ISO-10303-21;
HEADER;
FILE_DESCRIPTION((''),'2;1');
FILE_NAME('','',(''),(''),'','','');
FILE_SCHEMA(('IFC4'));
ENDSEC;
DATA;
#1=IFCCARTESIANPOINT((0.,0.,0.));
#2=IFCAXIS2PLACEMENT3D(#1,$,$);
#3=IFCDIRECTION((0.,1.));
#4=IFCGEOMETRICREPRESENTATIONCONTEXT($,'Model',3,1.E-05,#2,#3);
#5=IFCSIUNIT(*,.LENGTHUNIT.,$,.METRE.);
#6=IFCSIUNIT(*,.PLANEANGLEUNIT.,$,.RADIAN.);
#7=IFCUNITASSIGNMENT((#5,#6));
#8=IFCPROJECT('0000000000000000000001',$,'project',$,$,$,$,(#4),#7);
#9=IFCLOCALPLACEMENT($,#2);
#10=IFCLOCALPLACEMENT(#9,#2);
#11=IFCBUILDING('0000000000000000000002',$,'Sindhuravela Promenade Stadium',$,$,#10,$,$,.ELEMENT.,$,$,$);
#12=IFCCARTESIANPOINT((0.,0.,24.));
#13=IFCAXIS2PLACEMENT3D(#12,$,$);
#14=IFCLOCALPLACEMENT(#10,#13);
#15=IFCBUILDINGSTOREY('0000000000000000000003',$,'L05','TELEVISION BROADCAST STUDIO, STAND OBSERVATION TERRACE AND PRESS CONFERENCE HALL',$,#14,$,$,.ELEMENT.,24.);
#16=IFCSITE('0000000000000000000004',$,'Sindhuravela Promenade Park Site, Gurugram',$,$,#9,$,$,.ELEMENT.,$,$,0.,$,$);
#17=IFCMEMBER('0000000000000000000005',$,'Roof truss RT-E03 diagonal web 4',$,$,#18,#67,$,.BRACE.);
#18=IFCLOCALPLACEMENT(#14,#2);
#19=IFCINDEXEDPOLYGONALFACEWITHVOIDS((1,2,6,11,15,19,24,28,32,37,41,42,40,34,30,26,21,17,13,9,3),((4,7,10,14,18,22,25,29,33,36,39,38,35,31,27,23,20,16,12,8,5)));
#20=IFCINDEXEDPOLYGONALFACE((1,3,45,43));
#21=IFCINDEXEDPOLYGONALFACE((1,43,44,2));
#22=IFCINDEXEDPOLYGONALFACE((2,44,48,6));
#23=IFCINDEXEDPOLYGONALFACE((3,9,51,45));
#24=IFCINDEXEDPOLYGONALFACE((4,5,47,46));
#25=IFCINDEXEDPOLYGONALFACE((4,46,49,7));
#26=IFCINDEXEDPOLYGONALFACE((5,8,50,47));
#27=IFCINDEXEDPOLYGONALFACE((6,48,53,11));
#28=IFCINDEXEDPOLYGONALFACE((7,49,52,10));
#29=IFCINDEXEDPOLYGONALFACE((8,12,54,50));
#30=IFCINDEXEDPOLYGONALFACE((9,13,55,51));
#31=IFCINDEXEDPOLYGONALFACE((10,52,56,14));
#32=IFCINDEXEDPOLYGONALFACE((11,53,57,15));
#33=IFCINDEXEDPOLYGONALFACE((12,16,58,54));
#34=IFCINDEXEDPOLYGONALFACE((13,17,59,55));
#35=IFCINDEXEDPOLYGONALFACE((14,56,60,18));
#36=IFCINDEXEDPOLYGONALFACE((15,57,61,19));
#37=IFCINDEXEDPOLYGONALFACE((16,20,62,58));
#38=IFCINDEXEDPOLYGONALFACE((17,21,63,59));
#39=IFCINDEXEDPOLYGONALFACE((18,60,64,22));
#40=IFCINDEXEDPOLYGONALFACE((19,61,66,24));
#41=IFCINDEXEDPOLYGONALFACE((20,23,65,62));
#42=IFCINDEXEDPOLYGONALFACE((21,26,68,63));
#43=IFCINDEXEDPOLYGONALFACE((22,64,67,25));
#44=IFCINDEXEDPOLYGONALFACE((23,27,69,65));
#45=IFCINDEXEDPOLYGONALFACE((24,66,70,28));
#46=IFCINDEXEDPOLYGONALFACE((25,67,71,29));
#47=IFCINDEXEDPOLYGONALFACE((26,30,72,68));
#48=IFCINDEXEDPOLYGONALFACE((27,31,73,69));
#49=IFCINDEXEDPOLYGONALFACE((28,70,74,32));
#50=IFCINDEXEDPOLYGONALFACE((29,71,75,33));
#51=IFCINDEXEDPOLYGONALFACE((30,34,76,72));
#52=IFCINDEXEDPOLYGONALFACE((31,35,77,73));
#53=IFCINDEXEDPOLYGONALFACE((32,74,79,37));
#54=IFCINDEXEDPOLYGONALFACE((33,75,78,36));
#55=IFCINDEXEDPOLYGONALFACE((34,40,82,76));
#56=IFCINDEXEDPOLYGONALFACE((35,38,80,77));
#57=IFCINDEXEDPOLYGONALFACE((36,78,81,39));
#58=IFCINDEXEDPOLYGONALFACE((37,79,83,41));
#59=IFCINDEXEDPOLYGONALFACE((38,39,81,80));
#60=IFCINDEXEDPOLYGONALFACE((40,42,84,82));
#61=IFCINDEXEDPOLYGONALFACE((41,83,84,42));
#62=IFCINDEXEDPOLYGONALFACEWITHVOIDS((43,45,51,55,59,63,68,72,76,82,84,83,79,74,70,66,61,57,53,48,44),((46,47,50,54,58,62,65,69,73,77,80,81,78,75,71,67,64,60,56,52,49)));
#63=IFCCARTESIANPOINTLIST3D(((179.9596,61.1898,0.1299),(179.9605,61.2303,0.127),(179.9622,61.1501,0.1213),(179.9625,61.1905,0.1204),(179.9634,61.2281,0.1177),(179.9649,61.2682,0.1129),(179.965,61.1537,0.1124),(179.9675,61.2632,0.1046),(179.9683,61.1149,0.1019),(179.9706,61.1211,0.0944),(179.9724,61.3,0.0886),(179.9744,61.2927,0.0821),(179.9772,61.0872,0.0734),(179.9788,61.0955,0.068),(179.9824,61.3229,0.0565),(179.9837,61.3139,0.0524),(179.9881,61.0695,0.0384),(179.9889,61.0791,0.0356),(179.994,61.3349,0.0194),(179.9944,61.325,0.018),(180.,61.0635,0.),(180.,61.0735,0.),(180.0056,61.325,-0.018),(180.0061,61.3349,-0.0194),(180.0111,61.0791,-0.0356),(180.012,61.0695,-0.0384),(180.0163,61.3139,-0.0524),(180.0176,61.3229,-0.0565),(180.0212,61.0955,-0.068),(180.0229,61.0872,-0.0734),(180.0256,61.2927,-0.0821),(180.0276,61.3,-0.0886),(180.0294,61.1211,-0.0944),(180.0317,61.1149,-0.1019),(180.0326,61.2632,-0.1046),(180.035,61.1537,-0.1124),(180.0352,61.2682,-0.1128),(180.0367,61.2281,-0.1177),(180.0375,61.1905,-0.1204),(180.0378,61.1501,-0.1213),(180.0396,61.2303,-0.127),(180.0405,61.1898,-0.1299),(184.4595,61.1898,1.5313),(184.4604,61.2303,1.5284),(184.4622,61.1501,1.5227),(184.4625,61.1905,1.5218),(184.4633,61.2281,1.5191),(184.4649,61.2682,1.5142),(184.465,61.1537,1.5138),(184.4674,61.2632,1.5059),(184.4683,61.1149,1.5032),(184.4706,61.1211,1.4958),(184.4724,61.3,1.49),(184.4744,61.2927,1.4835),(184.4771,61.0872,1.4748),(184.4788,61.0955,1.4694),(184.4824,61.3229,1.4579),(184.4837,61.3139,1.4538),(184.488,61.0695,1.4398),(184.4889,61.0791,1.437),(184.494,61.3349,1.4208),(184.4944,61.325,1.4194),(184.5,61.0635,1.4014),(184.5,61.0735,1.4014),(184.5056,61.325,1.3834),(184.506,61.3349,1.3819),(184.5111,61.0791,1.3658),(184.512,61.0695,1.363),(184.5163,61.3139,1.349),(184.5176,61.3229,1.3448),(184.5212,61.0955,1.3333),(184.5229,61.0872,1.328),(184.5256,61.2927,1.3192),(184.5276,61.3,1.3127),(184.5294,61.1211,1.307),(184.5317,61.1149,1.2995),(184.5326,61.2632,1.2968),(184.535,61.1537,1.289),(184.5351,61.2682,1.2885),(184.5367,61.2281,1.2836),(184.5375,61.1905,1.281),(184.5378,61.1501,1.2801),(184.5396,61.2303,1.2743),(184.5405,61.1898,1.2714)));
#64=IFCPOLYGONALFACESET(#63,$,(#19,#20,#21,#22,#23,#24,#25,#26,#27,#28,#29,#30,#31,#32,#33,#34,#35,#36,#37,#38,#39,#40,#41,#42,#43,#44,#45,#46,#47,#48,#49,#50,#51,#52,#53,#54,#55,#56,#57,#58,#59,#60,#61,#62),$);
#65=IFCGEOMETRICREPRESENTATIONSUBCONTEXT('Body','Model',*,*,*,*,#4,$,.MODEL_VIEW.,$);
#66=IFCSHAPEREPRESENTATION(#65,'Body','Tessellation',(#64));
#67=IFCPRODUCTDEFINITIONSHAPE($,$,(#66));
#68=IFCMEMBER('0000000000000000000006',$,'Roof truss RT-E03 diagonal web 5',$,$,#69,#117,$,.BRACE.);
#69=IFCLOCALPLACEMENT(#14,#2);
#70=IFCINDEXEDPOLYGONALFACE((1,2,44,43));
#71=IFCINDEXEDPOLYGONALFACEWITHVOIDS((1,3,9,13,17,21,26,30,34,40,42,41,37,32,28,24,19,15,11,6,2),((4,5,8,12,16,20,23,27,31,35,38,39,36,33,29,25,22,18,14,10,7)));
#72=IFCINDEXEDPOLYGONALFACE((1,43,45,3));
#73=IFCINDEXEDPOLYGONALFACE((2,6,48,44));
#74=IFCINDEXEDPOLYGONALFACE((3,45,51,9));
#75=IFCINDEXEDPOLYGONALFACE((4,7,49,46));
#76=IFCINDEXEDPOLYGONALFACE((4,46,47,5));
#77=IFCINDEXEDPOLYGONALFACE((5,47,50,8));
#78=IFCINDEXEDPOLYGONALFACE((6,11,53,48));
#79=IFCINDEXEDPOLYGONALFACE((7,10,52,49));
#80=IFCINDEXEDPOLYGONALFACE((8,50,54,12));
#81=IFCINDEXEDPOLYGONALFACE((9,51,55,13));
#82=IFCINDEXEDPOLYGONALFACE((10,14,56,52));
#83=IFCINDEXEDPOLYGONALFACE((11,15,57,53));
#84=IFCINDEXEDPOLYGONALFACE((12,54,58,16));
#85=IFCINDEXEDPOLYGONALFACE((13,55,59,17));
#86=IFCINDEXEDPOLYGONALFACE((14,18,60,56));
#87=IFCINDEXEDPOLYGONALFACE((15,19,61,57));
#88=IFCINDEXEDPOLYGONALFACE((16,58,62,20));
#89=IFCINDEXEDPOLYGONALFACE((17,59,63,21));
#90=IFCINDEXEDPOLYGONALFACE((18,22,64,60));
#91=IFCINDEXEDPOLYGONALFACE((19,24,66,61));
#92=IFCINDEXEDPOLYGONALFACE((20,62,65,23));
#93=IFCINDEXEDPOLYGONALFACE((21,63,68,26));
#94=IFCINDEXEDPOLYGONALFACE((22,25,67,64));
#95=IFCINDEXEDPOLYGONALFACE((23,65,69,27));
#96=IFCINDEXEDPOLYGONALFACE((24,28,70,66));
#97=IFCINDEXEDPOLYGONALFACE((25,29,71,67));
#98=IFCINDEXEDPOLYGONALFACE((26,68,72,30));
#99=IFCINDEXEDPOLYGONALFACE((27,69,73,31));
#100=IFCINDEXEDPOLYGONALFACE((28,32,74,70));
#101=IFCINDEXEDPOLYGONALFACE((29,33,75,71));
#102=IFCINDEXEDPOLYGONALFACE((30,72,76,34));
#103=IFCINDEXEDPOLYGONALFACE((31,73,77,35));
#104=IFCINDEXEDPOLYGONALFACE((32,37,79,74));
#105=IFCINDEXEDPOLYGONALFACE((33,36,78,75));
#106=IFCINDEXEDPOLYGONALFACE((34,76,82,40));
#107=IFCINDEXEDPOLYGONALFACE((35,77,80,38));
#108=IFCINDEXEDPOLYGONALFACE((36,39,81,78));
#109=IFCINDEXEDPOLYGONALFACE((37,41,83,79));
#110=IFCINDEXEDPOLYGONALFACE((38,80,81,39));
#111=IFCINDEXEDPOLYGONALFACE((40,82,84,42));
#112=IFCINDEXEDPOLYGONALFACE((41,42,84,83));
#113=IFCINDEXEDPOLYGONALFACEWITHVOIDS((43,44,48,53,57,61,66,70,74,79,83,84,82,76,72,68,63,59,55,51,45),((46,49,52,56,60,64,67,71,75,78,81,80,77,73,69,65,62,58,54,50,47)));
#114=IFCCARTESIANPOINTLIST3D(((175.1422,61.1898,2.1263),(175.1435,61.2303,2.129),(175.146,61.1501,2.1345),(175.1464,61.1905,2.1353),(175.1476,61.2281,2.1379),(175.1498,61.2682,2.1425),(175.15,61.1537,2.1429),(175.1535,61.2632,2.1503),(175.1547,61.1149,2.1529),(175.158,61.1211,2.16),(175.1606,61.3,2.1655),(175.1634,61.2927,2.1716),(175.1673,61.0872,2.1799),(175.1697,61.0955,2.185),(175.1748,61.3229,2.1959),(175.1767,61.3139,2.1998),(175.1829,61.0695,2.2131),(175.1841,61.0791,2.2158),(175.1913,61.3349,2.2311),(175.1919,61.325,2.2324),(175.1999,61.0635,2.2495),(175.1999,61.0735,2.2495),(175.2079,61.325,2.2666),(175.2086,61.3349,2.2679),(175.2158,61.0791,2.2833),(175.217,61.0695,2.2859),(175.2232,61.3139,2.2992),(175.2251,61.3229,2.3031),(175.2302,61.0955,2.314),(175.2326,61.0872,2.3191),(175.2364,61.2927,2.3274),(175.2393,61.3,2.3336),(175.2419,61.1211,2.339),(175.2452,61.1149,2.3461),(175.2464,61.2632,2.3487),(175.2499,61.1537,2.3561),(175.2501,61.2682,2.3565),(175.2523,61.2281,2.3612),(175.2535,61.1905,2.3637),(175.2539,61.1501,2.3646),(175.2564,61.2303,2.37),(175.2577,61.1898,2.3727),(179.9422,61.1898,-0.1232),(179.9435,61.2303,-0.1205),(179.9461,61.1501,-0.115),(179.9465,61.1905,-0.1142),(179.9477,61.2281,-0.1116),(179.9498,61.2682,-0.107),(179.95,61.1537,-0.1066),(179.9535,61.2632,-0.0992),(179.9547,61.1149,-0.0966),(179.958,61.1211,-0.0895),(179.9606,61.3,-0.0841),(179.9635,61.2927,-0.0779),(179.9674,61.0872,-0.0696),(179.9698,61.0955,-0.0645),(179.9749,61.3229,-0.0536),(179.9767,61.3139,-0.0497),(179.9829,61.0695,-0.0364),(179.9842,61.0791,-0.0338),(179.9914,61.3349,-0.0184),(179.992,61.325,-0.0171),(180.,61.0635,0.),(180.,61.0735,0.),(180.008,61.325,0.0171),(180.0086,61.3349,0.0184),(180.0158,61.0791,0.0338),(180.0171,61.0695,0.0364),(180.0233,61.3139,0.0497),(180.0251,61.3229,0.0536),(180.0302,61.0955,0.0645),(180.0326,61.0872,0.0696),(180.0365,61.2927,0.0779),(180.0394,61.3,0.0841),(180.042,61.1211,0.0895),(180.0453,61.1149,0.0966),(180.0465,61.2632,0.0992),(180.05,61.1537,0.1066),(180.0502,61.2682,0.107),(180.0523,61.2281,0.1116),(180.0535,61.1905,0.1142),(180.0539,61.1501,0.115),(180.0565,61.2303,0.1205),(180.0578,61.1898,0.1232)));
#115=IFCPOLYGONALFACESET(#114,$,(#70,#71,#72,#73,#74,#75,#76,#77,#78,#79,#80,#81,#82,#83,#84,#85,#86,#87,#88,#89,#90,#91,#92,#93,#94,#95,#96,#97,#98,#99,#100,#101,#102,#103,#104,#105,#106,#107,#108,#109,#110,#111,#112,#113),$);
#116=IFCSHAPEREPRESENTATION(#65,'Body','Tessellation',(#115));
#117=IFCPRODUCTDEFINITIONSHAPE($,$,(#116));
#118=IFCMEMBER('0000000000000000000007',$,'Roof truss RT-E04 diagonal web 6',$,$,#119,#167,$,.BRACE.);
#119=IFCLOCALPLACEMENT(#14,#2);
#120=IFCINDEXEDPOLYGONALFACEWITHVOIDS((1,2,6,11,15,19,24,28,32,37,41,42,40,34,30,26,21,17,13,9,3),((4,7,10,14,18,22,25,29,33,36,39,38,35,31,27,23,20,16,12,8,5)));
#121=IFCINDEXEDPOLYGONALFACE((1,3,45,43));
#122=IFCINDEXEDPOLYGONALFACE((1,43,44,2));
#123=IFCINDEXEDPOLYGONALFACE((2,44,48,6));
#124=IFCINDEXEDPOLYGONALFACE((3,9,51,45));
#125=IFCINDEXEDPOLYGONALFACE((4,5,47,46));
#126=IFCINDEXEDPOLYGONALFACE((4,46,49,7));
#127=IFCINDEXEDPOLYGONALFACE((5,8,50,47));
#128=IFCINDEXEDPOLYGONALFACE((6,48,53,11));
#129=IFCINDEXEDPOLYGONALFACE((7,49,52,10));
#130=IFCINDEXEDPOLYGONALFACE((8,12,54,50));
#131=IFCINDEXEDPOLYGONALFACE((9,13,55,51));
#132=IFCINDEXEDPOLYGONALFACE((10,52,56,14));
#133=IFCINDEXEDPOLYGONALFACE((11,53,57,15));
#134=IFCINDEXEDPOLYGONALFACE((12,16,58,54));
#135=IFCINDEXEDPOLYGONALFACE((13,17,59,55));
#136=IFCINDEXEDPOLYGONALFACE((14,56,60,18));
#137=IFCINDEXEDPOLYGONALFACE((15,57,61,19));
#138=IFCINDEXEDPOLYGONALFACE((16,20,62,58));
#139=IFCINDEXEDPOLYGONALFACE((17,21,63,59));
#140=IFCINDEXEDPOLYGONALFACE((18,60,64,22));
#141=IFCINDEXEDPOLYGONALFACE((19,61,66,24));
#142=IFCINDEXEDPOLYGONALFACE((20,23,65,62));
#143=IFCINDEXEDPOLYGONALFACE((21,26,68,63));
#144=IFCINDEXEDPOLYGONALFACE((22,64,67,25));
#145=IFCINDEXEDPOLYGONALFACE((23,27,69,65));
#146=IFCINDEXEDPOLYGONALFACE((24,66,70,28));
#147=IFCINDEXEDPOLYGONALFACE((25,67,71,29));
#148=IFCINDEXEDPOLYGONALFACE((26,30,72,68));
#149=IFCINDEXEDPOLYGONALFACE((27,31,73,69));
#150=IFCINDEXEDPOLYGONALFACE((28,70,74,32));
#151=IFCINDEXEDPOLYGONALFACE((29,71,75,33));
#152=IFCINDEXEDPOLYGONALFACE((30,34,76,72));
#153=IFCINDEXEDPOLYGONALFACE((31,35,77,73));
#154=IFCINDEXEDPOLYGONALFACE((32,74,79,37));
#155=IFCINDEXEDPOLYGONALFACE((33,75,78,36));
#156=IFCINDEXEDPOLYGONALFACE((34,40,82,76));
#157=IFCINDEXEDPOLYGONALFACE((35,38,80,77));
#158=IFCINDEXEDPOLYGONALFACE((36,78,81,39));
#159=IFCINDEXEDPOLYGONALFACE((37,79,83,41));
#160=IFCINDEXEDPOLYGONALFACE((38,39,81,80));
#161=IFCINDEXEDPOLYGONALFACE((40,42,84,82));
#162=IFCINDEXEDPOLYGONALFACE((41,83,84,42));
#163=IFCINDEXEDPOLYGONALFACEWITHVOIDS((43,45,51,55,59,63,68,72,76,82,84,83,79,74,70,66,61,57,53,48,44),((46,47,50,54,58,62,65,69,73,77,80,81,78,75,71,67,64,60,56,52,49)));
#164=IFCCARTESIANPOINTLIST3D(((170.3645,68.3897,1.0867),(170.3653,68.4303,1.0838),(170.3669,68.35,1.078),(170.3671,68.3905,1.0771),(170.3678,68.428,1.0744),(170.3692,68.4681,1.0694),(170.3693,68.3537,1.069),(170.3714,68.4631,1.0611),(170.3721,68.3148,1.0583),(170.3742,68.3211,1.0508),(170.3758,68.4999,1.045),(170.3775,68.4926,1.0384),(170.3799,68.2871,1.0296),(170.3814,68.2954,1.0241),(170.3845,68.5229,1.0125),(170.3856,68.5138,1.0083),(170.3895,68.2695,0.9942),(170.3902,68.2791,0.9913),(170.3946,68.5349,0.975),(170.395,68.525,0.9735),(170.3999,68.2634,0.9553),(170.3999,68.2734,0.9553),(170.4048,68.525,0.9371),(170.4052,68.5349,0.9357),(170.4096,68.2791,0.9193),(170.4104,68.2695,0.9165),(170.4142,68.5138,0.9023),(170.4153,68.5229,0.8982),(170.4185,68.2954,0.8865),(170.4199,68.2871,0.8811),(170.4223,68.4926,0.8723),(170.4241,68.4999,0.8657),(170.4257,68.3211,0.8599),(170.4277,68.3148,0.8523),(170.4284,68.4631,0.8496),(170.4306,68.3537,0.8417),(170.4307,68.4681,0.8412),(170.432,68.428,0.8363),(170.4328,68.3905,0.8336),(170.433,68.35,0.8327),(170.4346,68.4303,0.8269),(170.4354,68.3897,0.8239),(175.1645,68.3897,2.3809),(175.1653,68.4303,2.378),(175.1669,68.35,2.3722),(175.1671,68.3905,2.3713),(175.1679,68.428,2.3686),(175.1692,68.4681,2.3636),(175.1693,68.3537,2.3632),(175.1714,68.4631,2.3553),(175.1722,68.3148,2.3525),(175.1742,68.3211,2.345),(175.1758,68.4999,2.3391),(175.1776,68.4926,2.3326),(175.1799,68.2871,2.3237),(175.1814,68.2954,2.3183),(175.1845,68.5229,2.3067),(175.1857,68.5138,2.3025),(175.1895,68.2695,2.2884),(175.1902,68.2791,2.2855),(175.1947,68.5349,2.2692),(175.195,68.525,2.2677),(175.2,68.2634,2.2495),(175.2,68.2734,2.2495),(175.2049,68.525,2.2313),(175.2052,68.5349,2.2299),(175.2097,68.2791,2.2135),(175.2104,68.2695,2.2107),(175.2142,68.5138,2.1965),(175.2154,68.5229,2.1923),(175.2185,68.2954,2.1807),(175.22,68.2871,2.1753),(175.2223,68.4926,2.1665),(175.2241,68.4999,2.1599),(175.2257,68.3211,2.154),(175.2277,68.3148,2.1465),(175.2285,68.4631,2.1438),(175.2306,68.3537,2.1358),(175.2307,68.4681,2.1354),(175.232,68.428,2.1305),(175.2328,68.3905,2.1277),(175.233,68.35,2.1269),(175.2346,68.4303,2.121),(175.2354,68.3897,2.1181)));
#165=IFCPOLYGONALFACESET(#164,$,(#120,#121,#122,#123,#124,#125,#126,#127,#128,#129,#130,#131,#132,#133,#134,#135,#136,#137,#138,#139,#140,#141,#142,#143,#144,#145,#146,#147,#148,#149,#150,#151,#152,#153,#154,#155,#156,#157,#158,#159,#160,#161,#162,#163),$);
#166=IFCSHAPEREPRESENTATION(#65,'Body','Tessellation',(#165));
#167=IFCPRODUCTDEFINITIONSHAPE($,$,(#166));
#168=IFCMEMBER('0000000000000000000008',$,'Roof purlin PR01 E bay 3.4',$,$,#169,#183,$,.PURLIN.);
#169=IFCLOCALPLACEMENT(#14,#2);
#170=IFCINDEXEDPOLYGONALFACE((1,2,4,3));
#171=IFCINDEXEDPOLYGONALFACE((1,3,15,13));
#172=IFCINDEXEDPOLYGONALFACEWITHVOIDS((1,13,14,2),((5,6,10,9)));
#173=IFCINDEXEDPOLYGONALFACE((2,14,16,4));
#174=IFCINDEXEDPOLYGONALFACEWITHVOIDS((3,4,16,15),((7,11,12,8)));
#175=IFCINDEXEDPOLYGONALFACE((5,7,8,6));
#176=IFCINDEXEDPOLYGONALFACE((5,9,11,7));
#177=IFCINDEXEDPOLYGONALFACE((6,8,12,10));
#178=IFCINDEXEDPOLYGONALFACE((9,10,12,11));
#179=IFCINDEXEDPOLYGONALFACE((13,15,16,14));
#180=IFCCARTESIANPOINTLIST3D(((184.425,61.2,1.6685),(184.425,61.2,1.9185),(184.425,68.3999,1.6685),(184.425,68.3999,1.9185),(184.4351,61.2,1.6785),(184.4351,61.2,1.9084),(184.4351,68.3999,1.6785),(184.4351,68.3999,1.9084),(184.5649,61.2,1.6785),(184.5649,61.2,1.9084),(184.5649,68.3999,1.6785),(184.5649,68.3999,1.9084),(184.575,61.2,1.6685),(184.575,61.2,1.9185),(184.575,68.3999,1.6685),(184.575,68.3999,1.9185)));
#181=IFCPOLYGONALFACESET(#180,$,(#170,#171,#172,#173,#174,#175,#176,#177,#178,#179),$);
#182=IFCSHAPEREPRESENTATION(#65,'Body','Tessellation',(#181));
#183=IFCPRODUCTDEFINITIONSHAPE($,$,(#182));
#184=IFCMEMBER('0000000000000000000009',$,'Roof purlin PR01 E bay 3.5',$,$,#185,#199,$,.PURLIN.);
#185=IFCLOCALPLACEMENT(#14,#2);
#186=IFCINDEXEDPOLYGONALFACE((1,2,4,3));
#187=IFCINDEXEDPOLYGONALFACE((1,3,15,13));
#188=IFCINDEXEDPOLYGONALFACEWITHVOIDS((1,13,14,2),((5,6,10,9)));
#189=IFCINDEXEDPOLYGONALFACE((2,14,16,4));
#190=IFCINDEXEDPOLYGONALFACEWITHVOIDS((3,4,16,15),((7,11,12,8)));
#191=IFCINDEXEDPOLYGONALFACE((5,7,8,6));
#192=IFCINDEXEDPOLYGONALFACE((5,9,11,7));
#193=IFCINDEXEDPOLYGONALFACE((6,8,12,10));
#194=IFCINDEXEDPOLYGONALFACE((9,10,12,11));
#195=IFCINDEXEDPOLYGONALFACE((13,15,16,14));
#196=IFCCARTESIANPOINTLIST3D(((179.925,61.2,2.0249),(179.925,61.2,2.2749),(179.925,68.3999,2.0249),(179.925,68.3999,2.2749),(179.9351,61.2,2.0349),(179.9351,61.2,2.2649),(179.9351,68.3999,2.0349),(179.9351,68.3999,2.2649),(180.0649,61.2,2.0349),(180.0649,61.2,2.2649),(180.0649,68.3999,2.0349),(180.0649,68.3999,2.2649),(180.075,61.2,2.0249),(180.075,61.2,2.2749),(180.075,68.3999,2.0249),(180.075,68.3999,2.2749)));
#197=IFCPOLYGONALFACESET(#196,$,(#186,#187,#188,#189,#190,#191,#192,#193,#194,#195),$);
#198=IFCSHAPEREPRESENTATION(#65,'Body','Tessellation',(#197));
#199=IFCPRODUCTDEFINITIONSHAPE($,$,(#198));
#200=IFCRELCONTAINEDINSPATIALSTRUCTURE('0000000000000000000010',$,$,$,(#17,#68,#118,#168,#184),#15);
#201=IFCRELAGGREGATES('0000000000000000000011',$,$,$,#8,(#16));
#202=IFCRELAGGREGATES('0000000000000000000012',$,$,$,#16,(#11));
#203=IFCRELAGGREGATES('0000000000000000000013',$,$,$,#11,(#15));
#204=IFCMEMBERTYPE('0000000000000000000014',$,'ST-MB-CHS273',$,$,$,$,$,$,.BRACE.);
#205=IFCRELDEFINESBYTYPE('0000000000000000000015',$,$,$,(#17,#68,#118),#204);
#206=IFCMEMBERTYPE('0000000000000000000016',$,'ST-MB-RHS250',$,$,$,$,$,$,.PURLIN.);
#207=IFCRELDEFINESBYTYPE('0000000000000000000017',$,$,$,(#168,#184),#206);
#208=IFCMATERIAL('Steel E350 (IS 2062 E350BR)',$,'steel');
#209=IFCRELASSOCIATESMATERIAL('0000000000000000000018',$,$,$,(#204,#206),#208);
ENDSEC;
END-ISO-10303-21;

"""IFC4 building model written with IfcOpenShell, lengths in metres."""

from ifc_helpers import new_model, si_unit, direction, frame, origin, origin_2d, place, context, subcontext, project, spatial, hollow_rectangle, hollow_circle, extrude, material, material_profile, profile_set, type_object, element, save


model = new_model("IFC4")

# Units and contexts
model_context = context("Model", 3, precision=1e-05, world=origin(), true_north=direction((0.0, 1.0)))
body_context = subcontext(model_context, "Body", "Model", "MODEL_VIEW")
ifc_project = project(units=[si_unit("LENGTHUNIT", "METRE"), si_unit("PLANEANGLEUNIT", "RADIAN")], contexts=[model_context])

# Site, building, storey
site_placement = place(None, origin())
site = spatial("IfcSite", under=ifc_project, at=site_placement, Name="Sindhuravela Promenade Park Site, Gurugram", CompositionType="ELEMENT", RefElevation=0.0)
building_placement = place(site_placement, origin())
building = spatial("IfcBuilding", under=site, at=building_placement, Name="Sindhuravela Promenade Stadium", CompositionType="ELEMENT")
storey_placement = place(building_placement, frame((0.0, 0.0, 24.0)))
storey = spatial("IfcBuildingStorey", under=building, at=storey_placement, Name="L05", Description="TELEVISION BROADCAST STUDIO, STAND OBSERVATION TERRACE AND PRESS CONFERENCE HALL", CompositionType="ELEMENT", Elevation=24.0)

# Shared definitions
ifc_material_1 = material(Name="Steel E350 (IS 2062 E350BR)", Category="steel")

# Members
ifc_material_profile_1 = material_profile(ifc_material_1, hollow_circle(Radius=0.1365, WallThickness=0.01, at=origin_2d()), Name="CHS 273.0x10")
ifc_profile_set_1 = profile_set([ifc_material_profile_1], Name="Steel E350 (IS 2062 E350BR)")
member_type_1 = type_object("IfcMemberType", Name="ST-MB-CHS273", PredefinedType="BRACE", material=ifc_profile_set_1)
member_1_placement = place(storey_placement, frame((184.5, 61.2, 1.4014), z_axis=(-0.954774, 0.0, -0.297331), x_axis=(0.0, -1.0, 0.0)))
element("IfcMember", 1, at=member_1_placement, inside=storey, type_object=member_type_1, Name="Roof truss RT-E03 diagonal web 4", PredefinedType="BRACE", context=body_context, shape_type="SweptSolid", body=[
    extrude(hollow_circle(Radius=0.1365, WallThickness=0.01, at=origin_2d()), origin(), (0.0, 0.0, 1.0), 4.7131),
])
member_2_placement = place(storey_placement, frame((180.0, 61.2, 0.0), z_axis=(-0.905496, 0.0, 0.424355), x_axis=(0.0, -1.0, 0.0)))
element("IfcMember", 2, at=member_2_placement, inside=storey, type_object=member_type_1, Name="Roof truss RT-E03 diagonal web 5", PredefinedType="BRACE", context=body_context, shape_type="SweptSolid", body=[
    extrude(hollow_circle(Radius=0.1365, WallThickness=0.01, at=origin_2d()), origin(), (0.0, 0.0, 1.0), 5.301),
])
member_3_placement = place(storey_placement, frame((175.2, 68.3999, 2.2495), z_axis=(-0.965521, 0.0, -0.260324), x_axis=(0.0, -1.0, 0.0)))
element("IfcMember", 3, at=member_3_placement, inside=storey, type_object=member_type_1, Name="Roof truss RT-E04 diagonal web 6", PredefinedType="BRACE", context=body_context, shape_type="SweptSolid", body=[
    extrude(hollow_circle(Radius=0.1365, WallThickness=0.01, at=origin_2d()), origin(), (0.0, 0.0, 1.0), 4.9714),
])
ifc_material_profile_2 = material_profile(ifc_material_1, hollow_rectangle(XDim=0.1499, YDim=0.25, WallThickness=0.01, at=origin_2d()), Name="RHS 250x150x10")
ifc_profile_set_2 = profile_set([ifc_material_profile_2], Name="Steel E350 (IS 2062 E350BR)")
member_type_2 = type_object("IfcMemberType", Name="ST-MB-RHS250", PredefinedType="PURLIN", material=ifc_profile_set_2)
for number, where, z_axis, x_axis, name in (
    (4, (184.5, 61.2, 1.7935), (0.0, 1.0, 0.0), (-1.0, 0.0, 0.0), "Roof purlin PR01 E bay 3.4"),
    (5, (180.0, 61.2, 2.1499), (0.0, 1.0, 0.0), (-1.0, 0.0, 0.0), "Roof purlin PR01 E bay 3.5"),
):
    element("IfcMember", number, at=place(storey_placement, frame(where, z_axis=z_axis, x_axis=x_axis)), inside=storey, type_object=member_type_2, Name=name, PredefinedType="PURLIN", context=body_context, shape_type="SweptSolid", body=[
        extrude(hollow_rectangle(XDim=0.1499, YDim=0.25, WallThickness=0.01, at=origin_2d()), origin(), (0.0, 0.0, 1.0), 7.2),
    ])

save(model, "model.ifc")
